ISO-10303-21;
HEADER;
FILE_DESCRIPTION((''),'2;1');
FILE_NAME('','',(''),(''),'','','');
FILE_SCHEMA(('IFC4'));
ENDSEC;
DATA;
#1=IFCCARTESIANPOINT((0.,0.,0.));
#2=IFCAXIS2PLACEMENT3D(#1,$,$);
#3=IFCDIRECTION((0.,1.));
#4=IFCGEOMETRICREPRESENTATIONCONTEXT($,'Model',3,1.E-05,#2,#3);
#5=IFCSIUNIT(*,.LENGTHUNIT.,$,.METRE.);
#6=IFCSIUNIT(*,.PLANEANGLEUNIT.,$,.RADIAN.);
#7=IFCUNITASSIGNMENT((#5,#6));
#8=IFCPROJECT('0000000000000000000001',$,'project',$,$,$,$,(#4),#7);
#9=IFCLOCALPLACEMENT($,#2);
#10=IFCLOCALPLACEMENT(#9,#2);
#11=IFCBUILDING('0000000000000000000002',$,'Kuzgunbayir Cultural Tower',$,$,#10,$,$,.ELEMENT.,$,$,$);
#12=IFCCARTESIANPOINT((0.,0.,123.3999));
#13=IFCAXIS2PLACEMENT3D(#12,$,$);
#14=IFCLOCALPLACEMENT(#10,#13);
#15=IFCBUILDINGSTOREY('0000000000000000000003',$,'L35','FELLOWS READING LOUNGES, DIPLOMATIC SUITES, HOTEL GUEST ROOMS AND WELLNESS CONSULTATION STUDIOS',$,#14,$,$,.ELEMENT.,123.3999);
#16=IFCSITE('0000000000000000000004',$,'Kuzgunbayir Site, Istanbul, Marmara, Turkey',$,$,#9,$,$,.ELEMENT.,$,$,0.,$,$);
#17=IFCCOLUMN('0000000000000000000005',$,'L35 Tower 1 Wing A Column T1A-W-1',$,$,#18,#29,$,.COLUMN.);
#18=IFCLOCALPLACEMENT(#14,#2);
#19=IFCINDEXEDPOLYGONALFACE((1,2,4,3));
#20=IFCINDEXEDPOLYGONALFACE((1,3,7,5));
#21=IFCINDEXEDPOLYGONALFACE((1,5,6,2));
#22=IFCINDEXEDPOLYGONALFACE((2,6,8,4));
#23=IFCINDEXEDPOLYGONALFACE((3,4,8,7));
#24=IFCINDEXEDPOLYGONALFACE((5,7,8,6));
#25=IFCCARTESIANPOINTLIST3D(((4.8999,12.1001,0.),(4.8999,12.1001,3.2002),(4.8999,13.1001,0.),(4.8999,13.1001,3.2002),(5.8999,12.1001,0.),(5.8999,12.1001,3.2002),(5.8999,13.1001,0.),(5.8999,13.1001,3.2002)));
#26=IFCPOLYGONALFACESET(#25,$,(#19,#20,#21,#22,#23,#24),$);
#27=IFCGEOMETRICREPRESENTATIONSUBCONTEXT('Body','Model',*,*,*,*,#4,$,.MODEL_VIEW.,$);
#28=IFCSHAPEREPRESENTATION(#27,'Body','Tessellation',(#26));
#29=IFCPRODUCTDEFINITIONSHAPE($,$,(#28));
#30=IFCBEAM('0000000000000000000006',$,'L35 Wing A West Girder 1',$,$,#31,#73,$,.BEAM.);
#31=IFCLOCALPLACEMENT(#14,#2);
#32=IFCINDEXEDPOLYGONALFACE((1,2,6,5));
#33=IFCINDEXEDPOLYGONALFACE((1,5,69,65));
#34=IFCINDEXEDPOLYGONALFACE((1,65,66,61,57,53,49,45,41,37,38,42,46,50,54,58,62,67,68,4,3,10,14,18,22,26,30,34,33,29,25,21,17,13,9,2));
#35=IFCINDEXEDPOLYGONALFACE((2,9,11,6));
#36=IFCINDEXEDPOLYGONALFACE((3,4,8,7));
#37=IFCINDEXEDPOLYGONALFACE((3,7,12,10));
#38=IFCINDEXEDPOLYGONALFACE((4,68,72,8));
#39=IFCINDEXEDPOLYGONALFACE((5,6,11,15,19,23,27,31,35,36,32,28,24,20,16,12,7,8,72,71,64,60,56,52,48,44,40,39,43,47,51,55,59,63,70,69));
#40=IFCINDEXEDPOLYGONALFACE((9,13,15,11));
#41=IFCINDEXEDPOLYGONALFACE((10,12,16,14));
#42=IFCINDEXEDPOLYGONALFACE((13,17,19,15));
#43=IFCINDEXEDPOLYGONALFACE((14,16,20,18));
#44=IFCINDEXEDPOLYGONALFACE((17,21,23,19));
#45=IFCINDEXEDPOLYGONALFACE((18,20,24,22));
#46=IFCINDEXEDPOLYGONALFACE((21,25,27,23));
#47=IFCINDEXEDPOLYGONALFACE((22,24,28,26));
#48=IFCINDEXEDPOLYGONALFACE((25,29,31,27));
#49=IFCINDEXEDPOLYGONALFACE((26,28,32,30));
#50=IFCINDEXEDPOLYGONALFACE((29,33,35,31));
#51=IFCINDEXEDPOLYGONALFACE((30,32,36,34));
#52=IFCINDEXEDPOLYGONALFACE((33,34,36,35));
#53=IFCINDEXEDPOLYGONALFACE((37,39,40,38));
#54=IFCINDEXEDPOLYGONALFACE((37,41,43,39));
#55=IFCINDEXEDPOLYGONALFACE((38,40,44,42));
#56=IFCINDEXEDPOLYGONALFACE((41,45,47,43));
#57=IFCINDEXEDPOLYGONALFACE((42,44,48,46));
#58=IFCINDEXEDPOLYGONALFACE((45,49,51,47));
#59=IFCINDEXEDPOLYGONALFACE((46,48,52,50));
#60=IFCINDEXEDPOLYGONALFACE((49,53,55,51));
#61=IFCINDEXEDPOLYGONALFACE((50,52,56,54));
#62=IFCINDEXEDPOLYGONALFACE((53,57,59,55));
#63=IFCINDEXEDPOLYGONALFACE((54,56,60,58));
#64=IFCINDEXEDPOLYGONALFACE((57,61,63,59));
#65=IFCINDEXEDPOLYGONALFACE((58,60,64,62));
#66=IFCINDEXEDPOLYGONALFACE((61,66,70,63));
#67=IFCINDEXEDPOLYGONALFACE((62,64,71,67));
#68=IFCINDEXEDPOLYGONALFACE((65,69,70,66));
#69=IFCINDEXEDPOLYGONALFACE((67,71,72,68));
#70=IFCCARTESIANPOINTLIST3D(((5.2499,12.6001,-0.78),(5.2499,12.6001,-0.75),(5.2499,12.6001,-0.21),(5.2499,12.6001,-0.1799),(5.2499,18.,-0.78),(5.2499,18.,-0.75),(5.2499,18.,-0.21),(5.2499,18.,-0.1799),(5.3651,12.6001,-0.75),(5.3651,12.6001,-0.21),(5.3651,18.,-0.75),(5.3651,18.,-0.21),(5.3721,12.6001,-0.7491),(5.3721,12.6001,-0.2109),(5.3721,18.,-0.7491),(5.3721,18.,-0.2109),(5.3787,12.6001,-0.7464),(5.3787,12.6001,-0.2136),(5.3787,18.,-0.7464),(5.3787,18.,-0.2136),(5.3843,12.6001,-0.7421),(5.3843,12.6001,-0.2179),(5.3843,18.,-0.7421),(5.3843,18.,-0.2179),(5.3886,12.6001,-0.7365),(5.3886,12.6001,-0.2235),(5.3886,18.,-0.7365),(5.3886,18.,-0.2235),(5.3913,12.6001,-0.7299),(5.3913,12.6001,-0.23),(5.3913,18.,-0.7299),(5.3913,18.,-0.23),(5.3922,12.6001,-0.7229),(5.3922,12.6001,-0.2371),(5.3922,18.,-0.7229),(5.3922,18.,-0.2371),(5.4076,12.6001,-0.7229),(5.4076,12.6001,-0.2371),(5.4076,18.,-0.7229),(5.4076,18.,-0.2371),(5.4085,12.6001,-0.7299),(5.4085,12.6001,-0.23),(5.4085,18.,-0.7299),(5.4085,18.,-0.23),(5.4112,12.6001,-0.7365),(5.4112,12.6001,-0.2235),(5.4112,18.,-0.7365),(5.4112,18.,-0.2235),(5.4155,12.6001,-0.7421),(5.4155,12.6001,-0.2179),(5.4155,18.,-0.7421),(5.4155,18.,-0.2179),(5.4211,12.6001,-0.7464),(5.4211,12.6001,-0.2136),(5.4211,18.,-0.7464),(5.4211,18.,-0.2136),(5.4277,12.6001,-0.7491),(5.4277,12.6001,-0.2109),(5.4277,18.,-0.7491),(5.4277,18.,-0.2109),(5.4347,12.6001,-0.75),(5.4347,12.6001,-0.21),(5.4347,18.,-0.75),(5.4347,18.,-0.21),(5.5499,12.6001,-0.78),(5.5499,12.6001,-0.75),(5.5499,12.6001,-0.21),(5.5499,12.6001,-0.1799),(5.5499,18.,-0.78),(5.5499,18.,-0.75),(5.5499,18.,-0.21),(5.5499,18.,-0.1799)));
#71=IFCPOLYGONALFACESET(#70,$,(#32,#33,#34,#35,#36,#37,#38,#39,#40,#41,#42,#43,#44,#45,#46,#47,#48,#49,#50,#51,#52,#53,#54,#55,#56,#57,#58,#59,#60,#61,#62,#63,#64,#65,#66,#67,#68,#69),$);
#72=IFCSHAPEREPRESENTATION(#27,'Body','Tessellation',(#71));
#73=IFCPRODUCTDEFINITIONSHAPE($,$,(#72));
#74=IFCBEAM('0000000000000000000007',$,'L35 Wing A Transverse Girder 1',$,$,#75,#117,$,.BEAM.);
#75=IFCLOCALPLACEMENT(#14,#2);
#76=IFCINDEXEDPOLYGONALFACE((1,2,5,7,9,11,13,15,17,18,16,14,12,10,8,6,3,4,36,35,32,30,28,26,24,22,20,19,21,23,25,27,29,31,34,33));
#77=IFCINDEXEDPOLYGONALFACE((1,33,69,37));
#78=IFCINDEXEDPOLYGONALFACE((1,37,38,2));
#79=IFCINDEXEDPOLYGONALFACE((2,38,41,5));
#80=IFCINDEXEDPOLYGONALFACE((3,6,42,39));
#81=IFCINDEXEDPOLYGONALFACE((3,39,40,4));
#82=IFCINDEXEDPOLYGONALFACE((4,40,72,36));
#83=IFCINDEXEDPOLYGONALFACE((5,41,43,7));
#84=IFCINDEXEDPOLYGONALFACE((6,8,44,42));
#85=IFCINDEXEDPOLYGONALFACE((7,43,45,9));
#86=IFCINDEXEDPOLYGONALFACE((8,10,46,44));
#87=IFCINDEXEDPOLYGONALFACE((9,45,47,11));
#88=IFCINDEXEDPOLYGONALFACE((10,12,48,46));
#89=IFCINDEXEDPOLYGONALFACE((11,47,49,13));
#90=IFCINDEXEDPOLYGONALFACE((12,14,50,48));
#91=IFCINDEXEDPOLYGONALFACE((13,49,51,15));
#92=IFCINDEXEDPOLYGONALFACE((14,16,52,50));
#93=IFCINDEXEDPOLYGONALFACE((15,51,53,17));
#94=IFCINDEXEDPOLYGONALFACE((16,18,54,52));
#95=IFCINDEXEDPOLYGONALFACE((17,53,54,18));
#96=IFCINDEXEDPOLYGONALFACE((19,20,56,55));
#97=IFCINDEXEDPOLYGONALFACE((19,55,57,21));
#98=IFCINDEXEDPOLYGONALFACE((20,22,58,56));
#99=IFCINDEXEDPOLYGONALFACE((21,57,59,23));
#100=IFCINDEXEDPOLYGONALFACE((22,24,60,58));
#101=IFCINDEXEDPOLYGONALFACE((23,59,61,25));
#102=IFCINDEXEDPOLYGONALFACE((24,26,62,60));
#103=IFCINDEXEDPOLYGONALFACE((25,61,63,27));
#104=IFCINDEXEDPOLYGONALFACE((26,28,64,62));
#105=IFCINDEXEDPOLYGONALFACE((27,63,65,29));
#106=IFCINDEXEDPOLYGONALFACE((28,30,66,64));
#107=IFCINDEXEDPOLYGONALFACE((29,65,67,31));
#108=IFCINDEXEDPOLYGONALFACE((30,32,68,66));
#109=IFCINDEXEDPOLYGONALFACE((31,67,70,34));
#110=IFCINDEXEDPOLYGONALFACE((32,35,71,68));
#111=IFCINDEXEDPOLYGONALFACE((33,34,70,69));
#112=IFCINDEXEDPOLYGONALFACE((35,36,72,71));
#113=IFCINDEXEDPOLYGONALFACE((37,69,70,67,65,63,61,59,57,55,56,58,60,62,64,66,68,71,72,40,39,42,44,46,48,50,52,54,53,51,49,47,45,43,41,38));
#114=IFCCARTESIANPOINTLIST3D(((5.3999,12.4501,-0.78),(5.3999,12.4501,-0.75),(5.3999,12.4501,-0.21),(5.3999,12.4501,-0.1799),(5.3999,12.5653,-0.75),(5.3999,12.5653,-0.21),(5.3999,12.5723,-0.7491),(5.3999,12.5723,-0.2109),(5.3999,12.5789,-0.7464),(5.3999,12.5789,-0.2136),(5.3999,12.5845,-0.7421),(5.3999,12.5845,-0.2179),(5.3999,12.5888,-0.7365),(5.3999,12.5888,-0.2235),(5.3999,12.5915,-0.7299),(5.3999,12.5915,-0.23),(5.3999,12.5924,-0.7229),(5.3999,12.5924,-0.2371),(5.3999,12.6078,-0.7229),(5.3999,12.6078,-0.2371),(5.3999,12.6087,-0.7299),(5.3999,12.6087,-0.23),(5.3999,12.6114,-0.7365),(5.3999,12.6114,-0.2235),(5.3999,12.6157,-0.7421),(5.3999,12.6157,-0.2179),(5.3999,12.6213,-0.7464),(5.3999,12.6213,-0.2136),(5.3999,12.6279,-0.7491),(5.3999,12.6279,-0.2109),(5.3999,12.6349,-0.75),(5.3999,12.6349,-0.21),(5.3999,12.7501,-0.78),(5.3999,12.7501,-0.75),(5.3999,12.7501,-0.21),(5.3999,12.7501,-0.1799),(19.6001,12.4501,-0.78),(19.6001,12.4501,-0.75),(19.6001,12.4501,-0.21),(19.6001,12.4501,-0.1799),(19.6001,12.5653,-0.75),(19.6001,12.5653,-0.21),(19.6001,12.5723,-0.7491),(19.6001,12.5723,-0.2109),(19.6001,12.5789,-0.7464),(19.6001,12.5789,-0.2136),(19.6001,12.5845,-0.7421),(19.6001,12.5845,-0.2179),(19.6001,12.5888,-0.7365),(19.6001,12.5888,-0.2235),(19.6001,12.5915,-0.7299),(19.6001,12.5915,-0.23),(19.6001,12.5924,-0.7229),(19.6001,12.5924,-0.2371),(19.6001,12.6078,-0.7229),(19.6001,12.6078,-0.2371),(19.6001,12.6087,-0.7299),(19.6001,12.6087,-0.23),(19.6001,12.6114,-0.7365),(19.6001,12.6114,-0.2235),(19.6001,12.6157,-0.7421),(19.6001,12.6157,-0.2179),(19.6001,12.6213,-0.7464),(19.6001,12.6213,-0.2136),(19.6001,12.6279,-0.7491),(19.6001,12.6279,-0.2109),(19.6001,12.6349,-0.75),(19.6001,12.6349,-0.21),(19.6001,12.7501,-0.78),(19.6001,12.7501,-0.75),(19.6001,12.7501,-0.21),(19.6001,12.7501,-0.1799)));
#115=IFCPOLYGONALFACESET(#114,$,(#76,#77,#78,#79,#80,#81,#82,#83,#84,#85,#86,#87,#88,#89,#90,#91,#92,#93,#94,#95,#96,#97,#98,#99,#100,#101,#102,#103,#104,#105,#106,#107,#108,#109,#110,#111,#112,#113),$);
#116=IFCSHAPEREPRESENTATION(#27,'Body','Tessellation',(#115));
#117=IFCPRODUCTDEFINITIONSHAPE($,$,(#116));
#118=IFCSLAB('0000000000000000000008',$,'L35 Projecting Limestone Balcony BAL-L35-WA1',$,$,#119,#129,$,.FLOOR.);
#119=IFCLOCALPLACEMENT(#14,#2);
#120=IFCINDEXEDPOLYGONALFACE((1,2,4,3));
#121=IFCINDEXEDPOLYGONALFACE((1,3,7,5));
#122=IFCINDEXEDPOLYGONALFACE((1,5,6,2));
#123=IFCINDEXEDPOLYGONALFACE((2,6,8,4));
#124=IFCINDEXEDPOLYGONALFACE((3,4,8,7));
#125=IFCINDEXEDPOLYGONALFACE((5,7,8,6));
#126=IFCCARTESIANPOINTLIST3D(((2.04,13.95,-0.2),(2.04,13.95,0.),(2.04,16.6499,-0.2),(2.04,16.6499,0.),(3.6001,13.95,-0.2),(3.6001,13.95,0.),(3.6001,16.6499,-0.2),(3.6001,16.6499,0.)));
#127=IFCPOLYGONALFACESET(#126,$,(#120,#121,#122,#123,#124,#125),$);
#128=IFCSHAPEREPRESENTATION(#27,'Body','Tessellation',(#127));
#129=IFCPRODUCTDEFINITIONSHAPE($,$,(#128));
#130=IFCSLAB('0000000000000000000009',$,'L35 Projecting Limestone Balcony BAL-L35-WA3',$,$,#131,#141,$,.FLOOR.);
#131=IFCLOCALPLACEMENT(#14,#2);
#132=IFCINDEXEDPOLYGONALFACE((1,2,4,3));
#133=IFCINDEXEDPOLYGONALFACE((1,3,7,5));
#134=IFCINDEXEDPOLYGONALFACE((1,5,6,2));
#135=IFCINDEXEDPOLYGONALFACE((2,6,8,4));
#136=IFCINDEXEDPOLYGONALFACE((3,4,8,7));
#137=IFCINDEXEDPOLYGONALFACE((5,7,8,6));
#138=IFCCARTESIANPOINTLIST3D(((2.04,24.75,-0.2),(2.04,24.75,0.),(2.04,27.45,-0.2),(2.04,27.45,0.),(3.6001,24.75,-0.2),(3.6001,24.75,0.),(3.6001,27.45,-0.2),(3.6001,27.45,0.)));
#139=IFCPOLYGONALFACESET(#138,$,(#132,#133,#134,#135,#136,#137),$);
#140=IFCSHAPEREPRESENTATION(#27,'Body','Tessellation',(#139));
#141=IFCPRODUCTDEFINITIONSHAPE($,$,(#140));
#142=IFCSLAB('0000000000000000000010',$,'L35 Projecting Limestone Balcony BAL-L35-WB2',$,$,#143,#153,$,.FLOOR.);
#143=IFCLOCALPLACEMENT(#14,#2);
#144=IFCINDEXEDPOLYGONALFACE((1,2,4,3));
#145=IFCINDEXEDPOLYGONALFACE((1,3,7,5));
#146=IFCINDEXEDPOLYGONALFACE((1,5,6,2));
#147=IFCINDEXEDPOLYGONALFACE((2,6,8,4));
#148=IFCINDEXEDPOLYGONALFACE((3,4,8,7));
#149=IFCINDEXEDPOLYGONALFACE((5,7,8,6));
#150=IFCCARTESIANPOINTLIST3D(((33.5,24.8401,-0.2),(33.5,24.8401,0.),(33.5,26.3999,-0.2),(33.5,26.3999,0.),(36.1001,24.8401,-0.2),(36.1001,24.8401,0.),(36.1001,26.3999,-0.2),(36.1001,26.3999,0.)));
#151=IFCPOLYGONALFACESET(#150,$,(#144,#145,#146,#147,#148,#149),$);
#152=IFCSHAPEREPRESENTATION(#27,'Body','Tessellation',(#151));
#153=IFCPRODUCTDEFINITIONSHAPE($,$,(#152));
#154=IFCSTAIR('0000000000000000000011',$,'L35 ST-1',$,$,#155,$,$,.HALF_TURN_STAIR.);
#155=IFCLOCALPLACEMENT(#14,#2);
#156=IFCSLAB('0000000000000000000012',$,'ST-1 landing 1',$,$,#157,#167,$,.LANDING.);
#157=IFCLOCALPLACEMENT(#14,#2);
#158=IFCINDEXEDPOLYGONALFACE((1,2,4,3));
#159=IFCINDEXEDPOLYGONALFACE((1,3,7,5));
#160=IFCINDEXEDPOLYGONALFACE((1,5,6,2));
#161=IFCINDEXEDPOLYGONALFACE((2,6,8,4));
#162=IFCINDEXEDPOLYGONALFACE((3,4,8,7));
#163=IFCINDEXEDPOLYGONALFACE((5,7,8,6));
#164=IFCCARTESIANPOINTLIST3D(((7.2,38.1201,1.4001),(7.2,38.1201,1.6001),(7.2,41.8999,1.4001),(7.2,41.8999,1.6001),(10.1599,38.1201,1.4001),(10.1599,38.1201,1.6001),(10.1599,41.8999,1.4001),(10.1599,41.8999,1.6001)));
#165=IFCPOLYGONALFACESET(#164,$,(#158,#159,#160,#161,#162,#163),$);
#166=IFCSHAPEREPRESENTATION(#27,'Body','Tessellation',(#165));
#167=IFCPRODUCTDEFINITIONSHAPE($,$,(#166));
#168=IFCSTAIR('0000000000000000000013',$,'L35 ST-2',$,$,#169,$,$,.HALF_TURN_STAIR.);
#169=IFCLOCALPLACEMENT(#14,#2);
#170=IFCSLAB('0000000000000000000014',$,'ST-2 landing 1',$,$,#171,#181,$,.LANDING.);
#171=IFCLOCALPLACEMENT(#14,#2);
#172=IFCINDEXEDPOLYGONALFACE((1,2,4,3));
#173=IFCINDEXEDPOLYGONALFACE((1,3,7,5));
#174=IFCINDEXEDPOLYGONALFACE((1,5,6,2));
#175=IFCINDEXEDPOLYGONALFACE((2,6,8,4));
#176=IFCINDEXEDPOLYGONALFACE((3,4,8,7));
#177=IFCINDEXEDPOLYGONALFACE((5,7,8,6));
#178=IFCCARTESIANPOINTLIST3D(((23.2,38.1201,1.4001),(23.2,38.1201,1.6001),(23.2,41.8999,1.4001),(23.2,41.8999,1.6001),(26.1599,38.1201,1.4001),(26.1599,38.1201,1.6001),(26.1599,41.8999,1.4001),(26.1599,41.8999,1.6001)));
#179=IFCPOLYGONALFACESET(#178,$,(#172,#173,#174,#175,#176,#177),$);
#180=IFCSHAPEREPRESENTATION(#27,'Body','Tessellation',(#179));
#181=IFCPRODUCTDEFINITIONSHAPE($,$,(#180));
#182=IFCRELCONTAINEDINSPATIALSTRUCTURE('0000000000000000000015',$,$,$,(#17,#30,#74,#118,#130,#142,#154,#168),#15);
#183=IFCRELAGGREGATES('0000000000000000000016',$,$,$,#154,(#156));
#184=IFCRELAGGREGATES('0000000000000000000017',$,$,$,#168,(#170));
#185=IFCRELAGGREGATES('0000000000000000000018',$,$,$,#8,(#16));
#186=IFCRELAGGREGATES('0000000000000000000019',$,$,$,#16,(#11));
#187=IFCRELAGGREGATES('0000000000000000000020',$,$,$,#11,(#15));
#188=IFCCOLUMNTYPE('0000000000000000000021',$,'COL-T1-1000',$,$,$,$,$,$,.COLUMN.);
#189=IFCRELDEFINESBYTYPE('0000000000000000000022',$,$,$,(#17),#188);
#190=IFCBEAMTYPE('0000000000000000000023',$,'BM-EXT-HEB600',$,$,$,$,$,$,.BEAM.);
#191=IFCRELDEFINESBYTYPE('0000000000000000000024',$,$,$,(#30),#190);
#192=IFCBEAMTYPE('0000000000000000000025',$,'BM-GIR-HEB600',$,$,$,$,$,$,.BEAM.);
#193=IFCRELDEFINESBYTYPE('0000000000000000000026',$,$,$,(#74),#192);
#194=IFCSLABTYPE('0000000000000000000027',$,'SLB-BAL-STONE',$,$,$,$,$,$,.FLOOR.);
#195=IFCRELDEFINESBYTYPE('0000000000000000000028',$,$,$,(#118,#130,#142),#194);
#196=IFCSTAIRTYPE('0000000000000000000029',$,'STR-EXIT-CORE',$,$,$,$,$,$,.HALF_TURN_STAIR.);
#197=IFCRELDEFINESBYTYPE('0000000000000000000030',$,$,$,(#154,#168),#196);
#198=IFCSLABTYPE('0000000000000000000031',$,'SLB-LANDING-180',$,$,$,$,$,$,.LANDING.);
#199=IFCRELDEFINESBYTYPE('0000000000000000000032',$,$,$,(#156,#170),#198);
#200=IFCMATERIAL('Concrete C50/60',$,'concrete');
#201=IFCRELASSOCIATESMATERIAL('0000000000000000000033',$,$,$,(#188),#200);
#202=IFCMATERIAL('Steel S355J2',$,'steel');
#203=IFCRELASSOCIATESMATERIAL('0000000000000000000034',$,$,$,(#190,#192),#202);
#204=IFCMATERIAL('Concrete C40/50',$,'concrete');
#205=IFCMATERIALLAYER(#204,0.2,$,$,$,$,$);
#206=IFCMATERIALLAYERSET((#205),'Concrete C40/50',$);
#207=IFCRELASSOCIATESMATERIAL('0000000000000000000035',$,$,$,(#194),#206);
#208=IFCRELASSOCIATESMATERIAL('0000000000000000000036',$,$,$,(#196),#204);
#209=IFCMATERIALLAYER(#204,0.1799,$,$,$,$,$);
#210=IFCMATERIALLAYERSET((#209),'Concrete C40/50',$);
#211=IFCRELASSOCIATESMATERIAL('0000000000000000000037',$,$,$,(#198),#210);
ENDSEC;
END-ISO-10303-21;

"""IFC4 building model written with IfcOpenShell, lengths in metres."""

from ifc_helpers import new_model, si_unit, direction, frame, origin, origin_2d, place, context, subcontext, project, spatial, polyline, rectangle, i_section, outline, extrude, material, layer, layer_set, material_profile, profile_set, type_object, element, aggregate, save


model = new_model("IFC4")

# Units and contexts
model_context = context("Model", 3, precision=1e-05, world=origin(), true_north=direction((0.0, 1.0)))
body_context = subcontext(model_context, "Body", "Model", "MODEL_VIEW")
ifc_project = project(units=[si_unit("LENGTHUNIT", "METRE"), si_unit("PLANEANGLEUNIT", "RADIAN")], contexts=[model_context])

# Site, building, storey
site_placement = place(None, origin())
site = spatial("IfcSite", under=ifc_project, at=site_placement, Name="Kuzgunbayir Site, Istanbul, Marmara, Turkey", CompositionType="ELEMENT", RefElevation=0.0)
building_placement = place(site_placement, origin())
building = spatial("IfcBuilding", under=site, at=building_placement, Name="Kuzgunbayir Cultural Tower", CompositionType="ELEMENT")
storey_placement = place(building_placement, frame((0.0, 0.0, 123.3999)))
storey = spatial("IfcBuildingStorey", under=building, at=storey_placement, Name="L35", Description="FELLOWS READING LOUNGES, DIPLOMATIC SUITES, HOTEL GUEST ROOMS AND WELLNESS CONSULTATION STUDIOS", CompositionType="ELEMENT", Elevation=123.3999)

# Column
ifc_material_1 = material(Name="Concrete C50/60", Category="concrete")
ifc_material_profile_1 = material_profile(ifc_material_1, rectangle(XDim=1.0, YDim=1.0, at=origin_2d()), Name="RC 1000x1000")
ifc_profile_set_1 = profile_set([ifc_material_profile_1], Name="Concrete C50/60")
column_type = type_object("IfcColumnType", Name="COL-T1-1000", PredefinedType="COLUMN", material=ifc_profile_set_1)
column_placement = place(storey_placement, frame((5.3999, 12.6001, 0.0), z_axis=(0.0, 0.0, 1.0), x_axis=(1.0, 0.0, 0.0)))
element("IfcColumn", 1, at=column_placement, inside=storey, type_object=column_type, Name="L35 Tower 1 Wing A Column T1A-W-1", PredefinedType="COLUMN", context=body_context, shape_type="SweptSolid", body=[
    extrude(rectangle(XDim=1.0, YDim=1.0, at=origin_2d()), origin(), (0.0, 0.0, 1.0), 3.2002),
])

# Beams
ifc_material_2 = material(Name="Steel S355J2", Category="steel")
ifc_material_profile_2 = material_profile(ifc_material_2, i_section(OverallWidth=0.3, OverallDepth=0.6001, WebThickness=0.0154, FlangeThickness=0.03, FilletRadius=0.0271, at=origin_2d()), Name="HEB 600")
ifc_profile_set_2 = profile_set([ifc_material_profile_2], Name="Steel S355J2")
beam_type_1 = type_object("IfcBeamType", Name="BM-EXT-HEB600", PredefinedType="BEAM", material=ifc_profile_set_2)
beam_1_placement = place(storey_placement, frame((5.3999, 12.6001, -0.48), z_axis=(0.0, 1.0, 0.0), x_axis=(-1.0, 0.0, 0.0)))
element("IfcBeam", 2, at=beam_1_placement, inside=storey, type_object=beam_type_1, Name="L35 Wing A West Girder 1", PredefinedType="BEAM", context=body_context, shape_type="SweptSolid", body=[
    extrude(i_section(OverallWidth=0.3, OverallDepth=0.6001, WebThickness=0.0154, FlangeThickness=0.03, FilletRadius=0.0271, at=origin_2d()), origin(), (0.0, 0.0, 1.0), 5.3999),
])
ifc_material_profile_3 = material_profile(ifc_material_2, i_section(OverallWidth=0.3, OverallDepth=0.6001, WebThickness=0.0154, FlangeThickness=0.03, FilletRadius=0.0271, at=origin_2d()), Name="HEB 600")
ifc_profile_set_3 = profile_set([ifc_material_profile_3], Name="Steel S355J2")
beam_type_2 = type_object("IfcBeamType", Name="BM-GIR-HEB600", PredefinedType="BEAM", material=ifc_profile_set_3)
beam_2_placement = place(storey_placement, frame((5.3999, 12.6001, -0.48), z_axis=(1.0, 0.0, 0.0), x_axis=(0.0, 1.0, 0.0)))
element("IfcBeam", 3, at=beam_2_placement, inside=storey, type_object=beam_type_2, Name="L35 Wing A Transverse Girder 1", PredefinedType="BEAM", context=body_context, shape_type="SweptSolid", body=[
    extrude(i_section(OverallWidth=0.3, OverallDepth=0.6001, WebThickness=0.0154, FlangeThickness=0.03, FilletRadius=0.0271, at=origin_2d()), origin(), (0.0, 0.0, 1.0), 14.2002),
])

# Slabs
ifc_material_3 = material(Name="Concrete C40/50", Category="concrete")
ifc_layer_1 = layer(ifc_material_3, 0.2)
ifc_layer_set_1 = layer_set([ifc_layer_1], Name="Concrete C40/50")
slab_type_1 = type_object("IfcSlabType", Name="SLB-BAL-STONE", PredefinedType="FLOOR", material=ifc_layer_set_1)
slab_1_placement = place(storey_placement, frame((0.0, 0.0, -0.2)))
element("IfcSlab", 4, at=slab_1_placement, inside=storey, type_object=slab_type_1, Name="L35 Projecting Limestone Balcony BAL-L35-WA1", PredefinedType="FLOOR", context=body_context, shape_type="SweptSolid", body=[
    extrude(outline(polyline([(2.04, 13.95), (3.6001, 13.95), (3.6001, 16.6499), (2.04, 16.6499), (2.04, 13.95)])), origin(), (0.0, 0.0, 1.0), 0.2),
])
slab_2_placement = place(storey_placement, frame((0.0, 0.0, -0.2)))
element("IfcSlab", 5, at=slab_2_placement, inside=storey, type_object=slab_type_1, Name="L35 Projecting Limestone Balcony BAL-L35-WA3", PredefinedType="FLOOR", context=body_context, shape_type="SweptSolid", body=[
    extrude(outline(polyline([(2.04, 24.75), (3.6001, 24.75), (3.6001, 27.45), (2.04, 27.45), (2.04, 24.75)])), origin(), (0.0, 0.0, 1.0), 0.2),
])
slab_3_placement = place(storey_placement, frame((0.0, 0.0, -0.2)))
element("IfcSlab", 6, at=slab_3_placement, inside=storey, type_object=slab_type_1, Name="L35 Projecting Limestone Balcony BAL-L35-WB2", PredefinedType="FLOOR", context=body_context, shape_type="SweptSolid", body=[
    extrude(outline(polyline([(33.5, 24.8401), (36.1001, 24.8401), (36.1001, 26.3999), (33.5, 26.3999), (33.5, 24.8401)])), origin(), (0.0, 0.0, 1.0), 0.2),
])

# Stairs, slabs
stair_type = type_object("IfcStairType", Name="STR-EXIT-CORE", PredefinedType="HALF_TURN_STAIR", material=ifc_material_3)
stair_1_placement = place(storey_placement, origin())
stair_1 = element("IfcStair", 7, at=stair_1_placement, inside=storey, type_object=stair_type, Name="L35 ST-1", PredefinedType="HALF_TURN_STAIR")
ifc_layer_2 = layer(ifc_material_3, 0.1799)
ifc_layer_set_2 = layer_set([ifc_layer_2], Name="Concrete C40/50")
slab_type_2 = type_object("IfcSlabType", Name="SLB-LANDING-180", PredefinedType="LANDING", material=ifc_layer_set_2)
slab_4_placement = place(storey_placement, frame((0.0, 0.0, 1.4001)))
slab_4 = element("IfcSlab", 8, at=slab_4_placement, type_object=slab_type_2, Name="ST-1 landing 1", PredefinedType="LANDING", context=body_context, shape_type="SweptSolid", body=[
    extrude(outline(polyline([(10.1599, 38.1201), (10.1599, 41.8999), (7.2, 41.8999), (7.2, 38.1201), (10.1599, 38.1201)])), origin(), (0.0, 0.0, 1.0), 0.2),
])
aggregate(stair_1, [slab_4])
stair_2_placement = place(storey_placement, origin())
stair_2 = element("IfcStair", 9, at=stair_2_placement, inside=storey, type_object=stair_type, Name="L35 ST-2", PredefinedType="HALF_TURN_STAIR")
slab_5_placement = place(storey_placement, frame((0.0, 0.0, 1.4001)))
slab_5 = element("IfcSlab", 10, at=slab_5_placement, type_object=slab_type_2, Name="ST-2 landing 1", PredefinedType="LANDING", context=body_context, shape_type="SweptSolid", body=[
    extrude(outline(polyline([(26.1599, 38.1201), (26.1599, 41.8999), (23.2, 41.8999), (23.2, 38.1201), (26.1599, 38.1201)])), origin(), (0.0, 0.0, 1.0), 0.2),
])
aggregate(stair_2, [slab_5])

save(model, "model.ifc")
